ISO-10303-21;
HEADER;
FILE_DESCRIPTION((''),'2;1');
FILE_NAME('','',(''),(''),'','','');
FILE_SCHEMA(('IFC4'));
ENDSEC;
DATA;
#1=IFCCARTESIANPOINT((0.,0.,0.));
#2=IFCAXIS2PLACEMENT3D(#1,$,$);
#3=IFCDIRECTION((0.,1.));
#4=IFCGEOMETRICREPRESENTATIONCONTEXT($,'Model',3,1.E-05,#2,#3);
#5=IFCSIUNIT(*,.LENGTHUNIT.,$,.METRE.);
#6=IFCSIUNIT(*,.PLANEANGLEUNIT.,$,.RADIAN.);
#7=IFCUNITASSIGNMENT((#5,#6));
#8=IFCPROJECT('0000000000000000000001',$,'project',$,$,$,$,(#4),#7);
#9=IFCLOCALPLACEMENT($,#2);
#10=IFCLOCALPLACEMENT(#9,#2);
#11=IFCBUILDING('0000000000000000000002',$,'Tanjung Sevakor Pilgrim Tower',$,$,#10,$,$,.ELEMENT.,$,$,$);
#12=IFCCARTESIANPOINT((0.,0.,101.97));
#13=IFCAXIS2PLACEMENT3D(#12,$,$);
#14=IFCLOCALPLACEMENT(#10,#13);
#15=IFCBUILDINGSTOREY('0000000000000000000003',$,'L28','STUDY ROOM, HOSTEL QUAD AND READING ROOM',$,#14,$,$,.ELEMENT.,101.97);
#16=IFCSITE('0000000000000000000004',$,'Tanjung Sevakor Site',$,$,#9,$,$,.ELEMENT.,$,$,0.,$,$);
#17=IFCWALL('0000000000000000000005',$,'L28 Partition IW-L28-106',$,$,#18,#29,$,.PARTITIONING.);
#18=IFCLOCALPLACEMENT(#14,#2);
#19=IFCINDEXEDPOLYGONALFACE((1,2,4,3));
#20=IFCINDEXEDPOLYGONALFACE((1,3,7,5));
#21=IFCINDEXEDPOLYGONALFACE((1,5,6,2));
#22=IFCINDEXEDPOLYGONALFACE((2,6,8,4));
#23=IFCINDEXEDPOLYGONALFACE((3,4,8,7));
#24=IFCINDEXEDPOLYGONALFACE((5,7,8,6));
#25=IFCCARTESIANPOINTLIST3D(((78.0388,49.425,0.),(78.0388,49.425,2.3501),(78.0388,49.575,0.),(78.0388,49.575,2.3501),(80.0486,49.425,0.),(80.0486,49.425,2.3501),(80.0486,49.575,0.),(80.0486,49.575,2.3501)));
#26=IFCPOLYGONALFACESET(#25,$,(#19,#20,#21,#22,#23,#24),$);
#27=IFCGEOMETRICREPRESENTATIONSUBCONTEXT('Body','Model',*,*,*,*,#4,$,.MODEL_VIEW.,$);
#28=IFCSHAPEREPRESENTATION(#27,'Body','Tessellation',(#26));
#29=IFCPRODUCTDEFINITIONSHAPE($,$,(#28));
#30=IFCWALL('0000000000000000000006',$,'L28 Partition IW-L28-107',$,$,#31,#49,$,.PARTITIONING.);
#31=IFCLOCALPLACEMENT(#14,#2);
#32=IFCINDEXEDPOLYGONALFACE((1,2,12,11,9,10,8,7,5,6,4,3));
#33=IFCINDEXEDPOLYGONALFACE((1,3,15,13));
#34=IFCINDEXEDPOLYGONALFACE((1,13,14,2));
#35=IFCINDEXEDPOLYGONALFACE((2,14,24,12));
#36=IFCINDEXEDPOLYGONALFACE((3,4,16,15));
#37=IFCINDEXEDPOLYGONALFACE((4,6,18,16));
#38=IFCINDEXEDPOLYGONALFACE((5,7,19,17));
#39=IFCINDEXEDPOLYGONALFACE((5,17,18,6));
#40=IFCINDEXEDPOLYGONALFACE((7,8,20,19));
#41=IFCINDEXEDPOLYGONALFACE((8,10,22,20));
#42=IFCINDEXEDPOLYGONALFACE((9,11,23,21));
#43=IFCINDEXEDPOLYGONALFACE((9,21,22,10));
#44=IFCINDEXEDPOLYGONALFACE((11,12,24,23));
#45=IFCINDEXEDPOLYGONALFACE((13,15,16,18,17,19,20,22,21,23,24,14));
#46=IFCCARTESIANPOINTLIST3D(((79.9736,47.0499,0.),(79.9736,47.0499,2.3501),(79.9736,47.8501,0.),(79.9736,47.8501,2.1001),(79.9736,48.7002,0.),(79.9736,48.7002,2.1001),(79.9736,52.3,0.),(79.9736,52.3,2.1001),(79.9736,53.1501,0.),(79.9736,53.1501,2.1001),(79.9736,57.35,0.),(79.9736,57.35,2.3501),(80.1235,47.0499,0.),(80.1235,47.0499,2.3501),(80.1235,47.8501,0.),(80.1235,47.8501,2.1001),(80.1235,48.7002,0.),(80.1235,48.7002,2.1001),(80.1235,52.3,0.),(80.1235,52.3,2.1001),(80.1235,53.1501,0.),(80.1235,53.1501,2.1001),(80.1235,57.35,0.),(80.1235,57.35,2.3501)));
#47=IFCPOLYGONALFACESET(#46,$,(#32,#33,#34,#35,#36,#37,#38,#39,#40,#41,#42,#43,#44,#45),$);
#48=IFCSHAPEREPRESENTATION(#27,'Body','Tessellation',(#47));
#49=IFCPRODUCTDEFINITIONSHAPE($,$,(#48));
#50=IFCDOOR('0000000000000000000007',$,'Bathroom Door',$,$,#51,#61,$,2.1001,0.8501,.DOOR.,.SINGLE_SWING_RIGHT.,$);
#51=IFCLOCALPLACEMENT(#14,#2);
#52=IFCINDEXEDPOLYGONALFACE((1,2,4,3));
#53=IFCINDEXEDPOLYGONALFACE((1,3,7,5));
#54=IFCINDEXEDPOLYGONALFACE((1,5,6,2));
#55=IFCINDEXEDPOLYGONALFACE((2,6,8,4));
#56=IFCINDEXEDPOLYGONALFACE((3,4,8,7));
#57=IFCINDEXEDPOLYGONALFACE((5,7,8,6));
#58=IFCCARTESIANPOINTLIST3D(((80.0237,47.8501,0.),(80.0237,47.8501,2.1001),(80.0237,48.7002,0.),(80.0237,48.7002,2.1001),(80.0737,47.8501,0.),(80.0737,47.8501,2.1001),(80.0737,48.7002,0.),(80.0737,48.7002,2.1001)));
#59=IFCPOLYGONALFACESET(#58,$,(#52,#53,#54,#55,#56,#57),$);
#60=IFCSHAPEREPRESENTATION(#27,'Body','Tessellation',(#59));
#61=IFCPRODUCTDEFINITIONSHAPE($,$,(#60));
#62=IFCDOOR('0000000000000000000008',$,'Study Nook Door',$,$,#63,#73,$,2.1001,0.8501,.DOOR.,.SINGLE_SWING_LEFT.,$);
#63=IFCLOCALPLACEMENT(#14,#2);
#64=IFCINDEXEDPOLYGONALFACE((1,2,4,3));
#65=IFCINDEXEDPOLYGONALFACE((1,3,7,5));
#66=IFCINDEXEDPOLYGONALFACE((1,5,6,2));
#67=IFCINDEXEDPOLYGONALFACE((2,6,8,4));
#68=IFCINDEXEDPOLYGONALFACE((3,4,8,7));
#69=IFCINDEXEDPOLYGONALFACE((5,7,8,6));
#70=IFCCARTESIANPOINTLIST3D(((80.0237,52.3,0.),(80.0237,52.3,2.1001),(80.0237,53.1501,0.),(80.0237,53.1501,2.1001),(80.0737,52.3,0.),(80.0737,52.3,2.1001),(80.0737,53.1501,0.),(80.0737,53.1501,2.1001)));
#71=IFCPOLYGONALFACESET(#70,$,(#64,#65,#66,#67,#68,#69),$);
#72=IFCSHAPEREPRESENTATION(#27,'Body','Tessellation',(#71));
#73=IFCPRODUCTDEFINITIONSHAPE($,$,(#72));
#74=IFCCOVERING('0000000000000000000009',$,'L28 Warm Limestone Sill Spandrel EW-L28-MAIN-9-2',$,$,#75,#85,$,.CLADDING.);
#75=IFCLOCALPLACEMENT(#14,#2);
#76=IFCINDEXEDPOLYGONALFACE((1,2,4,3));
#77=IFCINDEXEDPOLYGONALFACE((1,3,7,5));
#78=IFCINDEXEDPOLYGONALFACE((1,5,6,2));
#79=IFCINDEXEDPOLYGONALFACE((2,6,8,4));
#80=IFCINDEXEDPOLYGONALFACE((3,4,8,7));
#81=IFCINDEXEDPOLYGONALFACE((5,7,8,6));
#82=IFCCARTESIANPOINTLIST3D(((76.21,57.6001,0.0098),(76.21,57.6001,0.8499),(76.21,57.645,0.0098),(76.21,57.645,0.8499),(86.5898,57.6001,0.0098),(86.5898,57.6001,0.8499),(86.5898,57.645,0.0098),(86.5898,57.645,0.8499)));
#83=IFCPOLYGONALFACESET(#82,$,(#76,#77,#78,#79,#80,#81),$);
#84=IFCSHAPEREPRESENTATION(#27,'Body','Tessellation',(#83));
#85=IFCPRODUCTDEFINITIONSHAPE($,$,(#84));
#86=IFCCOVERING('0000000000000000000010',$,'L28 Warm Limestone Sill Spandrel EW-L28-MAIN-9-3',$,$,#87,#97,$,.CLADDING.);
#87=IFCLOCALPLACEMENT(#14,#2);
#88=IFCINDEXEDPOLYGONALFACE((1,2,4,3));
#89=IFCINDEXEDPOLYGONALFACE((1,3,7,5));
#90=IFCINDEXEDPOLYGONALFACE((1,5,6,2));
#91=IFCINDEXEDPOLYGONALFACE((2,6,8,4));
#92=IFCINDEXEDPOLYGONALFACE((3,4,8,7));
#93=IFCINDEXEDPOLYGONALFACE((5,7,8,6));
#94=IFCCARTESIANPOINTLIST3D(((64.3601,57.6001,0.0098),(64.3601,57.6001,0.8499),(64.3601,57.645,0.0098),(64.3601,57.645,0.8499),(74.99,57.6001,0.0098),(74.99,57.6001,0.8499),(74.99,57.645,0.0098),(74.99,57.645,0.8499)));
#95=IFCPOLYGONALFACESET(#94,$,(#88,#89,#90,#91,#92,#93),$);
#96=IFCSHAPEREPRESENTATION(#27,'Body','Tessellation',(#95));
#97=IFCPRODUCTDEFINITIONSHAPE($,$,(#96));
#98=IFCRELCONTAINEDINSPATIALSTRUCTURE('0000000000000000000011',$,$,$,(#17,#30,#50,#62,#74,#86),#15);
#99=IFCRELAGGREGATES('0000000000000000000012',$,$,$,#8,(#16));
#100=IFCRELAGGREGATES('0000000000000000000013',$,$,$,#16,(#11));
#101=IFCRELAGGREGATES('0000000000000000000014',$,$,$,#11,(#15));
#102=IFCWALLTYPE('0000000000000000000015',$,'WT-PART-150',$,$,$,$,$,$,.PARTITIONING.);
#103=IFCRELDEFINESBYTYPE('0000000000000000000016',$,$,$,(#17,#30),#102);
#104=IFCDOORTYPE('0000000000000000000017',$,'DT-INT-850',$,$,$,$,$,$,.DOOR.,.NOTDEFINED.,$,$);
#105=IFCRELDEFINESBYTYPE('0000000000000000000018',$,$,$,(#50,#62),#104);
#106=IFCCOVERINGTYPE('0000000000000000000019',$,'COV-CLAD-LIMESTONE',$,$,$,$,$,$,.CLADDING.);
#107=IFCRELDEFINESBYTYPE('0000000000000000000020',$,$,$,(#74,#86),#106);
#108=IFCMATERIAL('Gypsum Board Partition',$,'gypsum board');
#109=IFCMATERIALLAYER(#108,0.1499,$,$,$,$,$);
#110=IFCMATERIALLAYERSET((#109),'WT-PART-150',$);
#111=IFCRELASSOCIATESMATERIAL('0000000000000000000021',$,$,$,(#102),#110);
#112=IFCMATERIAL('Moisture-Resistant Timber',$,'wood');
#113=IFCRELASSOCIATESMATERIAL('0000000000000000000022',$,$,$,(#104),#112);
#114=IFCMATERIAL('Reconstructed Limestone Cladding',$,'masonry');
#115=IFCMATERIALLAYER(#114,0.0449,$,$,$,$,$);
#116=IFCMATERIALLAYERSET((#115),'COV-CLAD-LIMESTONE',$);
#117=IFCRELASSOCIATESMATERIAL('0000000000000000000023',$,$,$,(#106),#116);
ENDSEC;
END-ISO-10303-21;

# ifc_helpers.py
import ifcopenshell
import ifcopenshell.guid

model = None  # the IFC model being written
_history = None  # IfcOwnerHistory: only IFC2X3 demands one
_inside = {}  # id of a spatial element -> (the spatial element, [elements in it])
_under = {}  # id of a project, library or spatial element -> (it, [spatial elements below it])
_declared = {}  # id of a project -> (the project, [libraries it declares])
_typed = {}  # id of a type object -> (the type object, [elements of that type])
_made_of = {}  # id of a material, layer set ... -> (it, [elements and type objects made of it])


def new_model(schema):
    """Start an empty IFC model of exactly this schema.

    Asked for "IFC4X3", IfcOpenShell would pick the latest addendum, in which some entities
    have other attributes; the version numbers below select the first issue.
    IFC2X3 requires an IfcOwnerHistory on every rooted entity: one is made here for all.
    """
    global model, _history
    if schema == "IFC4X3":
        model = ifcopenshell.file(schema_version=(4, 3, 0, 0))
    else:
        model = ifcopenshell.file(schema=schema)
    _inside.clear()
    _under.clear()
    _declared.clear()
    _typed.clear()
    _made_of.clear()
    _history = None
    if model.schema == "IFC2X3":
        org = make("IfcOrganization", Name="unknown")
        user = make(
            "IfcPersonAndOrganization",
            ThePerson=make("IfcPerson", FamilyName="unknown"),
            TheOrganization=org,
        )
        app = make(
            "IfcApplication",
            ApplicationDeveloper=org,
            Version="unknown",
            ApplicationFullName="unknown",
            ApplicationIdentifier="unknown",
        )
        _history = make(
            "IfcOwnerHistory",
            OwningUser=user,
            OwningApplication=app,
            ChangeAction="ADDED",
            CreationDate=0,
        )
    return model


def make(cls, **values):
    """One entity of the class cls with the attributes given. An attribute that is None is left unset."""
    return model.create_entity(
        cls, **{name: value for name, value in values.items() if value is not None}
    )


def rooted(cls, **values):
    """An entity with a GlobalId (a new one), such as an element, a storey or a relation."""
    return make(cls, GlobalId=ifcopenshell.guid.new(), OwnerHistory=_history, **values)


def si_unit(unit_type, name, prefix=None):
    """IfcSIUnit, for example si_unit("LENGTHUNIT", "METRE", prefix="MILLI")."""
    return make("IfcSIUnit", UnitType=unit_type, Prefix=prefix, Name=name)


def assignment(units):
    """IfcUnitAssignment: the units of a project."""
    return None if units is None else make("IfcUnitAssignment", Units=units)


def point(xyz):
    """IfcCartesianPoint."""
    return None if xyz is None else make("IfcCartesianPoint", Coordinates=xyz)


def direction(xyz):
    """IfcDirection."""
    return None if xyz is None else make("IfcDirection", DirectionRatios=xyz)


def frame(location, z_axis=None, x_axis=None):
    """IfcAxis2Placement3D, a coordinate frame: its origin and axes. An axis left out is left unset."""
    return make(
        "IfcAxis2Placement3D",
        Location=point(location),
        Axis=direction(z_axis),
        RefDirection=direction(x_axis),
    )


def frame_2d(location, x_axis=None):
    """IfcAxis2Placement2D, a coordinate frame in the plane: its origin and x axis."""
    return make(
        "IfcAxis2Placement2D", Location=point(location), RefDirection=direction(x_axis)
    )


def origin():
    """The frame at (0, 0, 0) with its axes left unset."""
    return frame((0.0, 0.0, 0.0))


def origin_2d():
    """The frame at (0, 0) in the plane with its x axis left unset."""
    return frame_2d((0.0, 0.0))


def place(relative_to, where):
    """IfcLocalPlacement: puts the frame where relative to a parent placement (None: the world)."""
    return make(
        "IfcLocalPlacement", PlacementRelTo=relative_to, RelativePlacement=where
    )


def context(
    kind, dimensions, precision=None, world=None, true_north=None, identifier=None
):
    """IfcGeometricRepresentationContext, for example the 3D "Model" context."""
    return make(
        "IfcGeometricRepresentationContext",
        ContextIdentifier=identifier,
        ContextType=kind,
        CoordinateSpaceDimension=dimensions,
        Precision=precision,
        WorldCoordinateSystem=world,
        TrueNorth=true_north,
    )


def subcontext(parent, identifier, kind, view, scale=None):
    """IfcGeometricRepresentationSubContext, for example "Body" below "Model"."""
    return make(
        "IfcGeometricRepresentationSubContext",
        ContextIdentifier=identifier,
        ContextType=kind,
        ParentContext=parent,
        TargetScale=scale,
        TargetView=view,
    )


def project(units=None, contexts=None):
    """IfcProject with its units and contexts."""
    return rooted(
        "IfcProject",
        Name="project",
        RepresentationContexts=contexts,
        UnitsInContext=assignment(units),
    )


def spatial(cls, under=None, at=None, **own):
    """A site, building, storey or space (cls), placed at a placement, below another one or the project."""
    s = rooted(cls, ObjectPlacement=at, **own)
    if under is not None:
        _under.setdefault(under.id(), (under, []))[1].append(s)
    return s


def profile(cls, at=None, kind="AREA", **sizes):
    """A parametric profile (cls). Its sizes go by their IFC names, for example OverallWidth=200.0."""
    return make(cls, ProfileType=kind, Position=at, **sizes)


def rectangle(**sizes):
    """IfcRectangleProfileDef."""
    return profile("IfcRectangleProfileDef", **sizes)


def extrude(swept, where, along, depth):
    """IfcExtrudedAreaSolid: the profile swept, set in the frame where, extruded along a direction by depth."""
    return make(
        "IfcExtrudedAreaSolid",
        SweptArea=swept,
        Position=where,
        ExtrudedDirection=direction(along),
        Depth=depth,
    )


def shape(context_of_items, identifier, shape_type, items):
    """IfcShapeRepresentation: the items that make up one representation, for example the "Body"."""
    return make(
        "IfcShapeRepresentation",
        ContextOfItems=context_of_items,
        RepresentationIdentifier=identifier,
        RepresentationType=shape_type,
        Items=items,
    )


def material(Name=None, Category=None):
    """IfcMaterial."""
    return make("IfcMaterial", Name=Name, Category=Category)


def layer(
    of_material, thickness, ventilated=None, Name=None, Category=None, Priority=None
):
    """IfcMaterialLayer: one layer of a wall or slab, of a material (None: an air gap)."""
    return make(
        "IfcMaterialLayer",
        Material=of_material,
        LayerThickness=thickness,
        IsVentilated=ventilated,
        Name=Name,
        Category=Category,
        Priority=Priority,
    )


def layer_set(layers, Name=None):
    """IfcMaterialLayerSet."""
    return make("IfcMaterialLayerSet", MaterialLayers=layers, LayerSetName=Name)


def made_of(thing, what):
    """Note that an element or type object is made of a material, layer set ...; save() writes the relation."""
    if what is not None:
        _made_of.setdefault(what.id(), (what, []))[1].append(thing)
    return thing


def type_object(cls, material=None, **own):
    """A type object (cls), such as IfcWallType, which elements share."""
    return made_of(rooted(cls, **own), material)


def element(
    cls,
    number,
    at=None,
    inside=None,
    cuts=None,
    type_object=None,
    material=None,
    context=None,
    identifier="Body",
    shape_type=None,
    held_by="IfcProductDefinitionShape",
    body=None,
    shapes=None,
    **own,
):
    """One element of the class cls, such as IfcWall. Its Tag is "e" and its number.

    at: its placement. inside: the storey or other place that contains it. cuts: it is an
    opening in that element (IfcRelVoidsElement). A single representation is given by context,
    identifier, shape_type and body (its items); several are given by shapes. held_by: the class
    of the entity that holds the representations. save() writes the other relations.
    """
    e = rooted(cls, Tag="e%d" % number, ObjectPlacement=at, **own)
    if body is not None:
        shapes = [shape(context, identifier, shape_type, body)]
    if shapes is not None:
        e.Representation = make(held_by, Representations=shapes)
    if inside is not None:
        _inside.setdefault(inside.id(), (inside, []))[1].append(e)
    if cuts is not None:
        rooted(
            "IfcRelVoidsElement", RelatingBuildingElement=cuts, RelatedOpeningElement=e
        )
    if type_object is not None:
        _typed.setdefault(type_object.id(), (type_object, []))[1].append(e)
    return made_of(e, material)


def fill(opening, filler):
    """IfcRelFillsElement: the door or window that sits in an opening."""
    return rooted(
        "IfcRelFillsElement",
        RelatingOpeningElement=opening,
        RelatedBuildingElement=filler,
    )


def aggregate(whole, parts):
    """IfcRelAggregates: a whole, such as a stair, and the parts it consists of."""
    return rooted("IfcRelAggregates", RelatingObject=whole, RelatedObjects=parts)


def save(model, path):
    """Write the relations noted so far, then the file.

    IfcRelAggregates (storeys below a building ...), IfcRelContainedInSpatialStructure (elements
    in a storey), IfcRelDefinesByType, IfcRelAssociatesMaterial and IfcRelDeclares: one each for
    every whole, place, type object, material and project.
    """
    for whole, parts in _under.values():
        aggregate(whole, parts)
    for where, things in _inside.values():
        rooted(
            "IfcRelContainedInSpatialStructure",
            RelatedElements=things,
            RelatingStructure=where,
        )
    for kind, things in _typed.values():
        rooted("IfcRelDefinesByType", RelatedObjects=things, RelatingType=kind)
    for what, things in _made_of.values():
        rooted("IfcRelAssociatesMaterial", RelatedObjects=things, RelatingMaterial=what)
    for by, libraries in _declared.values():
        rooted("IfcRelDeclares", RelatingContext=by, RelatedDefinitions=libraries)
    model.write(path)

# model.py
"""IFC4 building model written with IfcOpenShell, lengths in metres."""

from ifc_helpers import new_model, si_unit, direction, frame, frame_2d, origin, origin_2d, place, context, subcontext, project, spatial, rectangle, extrude, material, layer, layer_set, type_object, element, fill, save


model = new_model("IFC4")

# Units and contexts
model_context = context("Model", 3, precision=1e-05, world=origin(), true_north=direction((0.0, 1.0)))
body_context = subcontext(model_context, "Body", "Model", "MODEL_VIEW")
ifc_project = project(units=[si_unit("LENGTHUNIT", "METRE"), si_unit("PLANEANGLEUNIT", "RADIAN")], contexts=[model_context])

# Site, building, storey
site_placement = place(None, origin())
site = spatial("IfcSite", under=ifc_project, at=site_placement, Name="Tanjung Sevakor Site", CompositionType="ELEMENT", RefElevation=0.0)
building_placement = place(site_placement, origin())
building = spatial("IfcBuilding", under=site, at=building_placement, Name="Tanjung Sevakor Pilgrim Tower", CompositionType="ELEMENT")
storey_placement = place(building_placement, frame((0.0, 0.0, 101.97)))
storey = spatial("IfcBuildingStorey", under=building, at=storey_placement, Name="L28", Description="STUDY ROOM, HOSTEL QUAD AND READING ROOM", CompositionType="ELEMENT", Elevation=101.97)

# Shared definitions
ifc_material_1 = material(Name="Gypsum Board Partition", Category="gypsum board")
ifc_layer_1 = layer(ifc_material_1, 0.1499)
ifc_layer_set_1 = layer_set([ifc_layer_1], Name="WT-PART-150")
wall_type_1 = type_object("IfcWallType", Name="WT-PART-150", PredefinedType="PARTITIONING", material=ifc_layer_set_1)

# Shared definitions
ifc_material_2 = material(Name="Moisture-Resistant Timber", Category="wood")
door_type_1 = type_object("IfcDoorType", Name="DT-INT-850", OperationType="NOTDEFINED", PredefinedType="DOOR", material=ifc_material_2)

# Wall
wall_1_placement = place(storey_placement, frame((78.0388, 49.5, 0.0), z_axis=(0.0, 0.0, 1.0), x_axis=(1.0, 0.0, 0.0)))
element("IfcWall", 1, at=wall_1_placement, inside=storey, type_object=wall_type_1, Name="L28 Partition IW-L28-106", PredefinedType="PARTITIONING", context=body_context, shape_type="SweptSolid", body=[
    extrude(rectangle(XDim=2.0098, YDim=0.1499, at=frame_2d((1.0049, 0.0))), origin(), (0.0, 0.0, 1.0), 2.3501),
])

# Wall, openings, doors
wall_2_placement = place(storey_placement, frame((80.0486, 47.05, 0.0), z_axis=(0.0, 0.0, 1.0), x_axis=(0.0, 1.0, 0.0)))
wall_2 = element("IfcWall", 2, at=wall_2_placement, inside=storey, type_object=wall_type_1, Name="L28 Partition IW-L28-107", PredefinedType="PARTITIONING", context=body_context, shape_type="SweptSolid", body=[
    extrude(rectangle(XDim=10.3, YDim=0.1499, at=frame_2d((5.1499, 0.0))), origin(), (0.0, 0.0, 1.0), 2.3501),
])
opening_1_placement = place(wall_2_placement, frame((0.8, 0.0, 0.0)))
opening_1 = element("IfcOpeningElement", 3, at=opening_1_placement, cuts=wall_2, PredefinedType="OPENING", context=body_context, shape_type="SweptSolid", body=[
    extrude(rectangle(XDim=0.8501, YDim=2.1001, at=frame_2d((0.425, 1.05))), frame((0.0, 0.085, 0.0), z_axis=(0.0, -1.0, 0.0), x_axis=(1.0, 0.0, 0.0)), (0.0, 0.0, 1.0), 0.1699),
])
opening_2_placement = place(wall_2_placement, frame((5.25, 0.0, 0.0)))
opening_2 = element("IfcOpeningElement", 4, at=opening_2_placement, cuts=wall_2, PredefinedType="OPENING", context=body_context, shape_type="SweptSolid", body=[
    extrude(rectangle(XDim=0.8501, YDim=2.1001, at=frame_2d((0.425, 1.05))), frame((0.0, 0.085, 0.0), z_axis=(0.0, -1.0, 0.0), x_axis=(1.0, 0.0, 0.0)), (0.0, 0.0, 1.0), 0.1699),
])
door_1_placement = place(opening_1_placement, origin())
door_1 = element("IfcDoor", 5, at=door_1_placement, inside=storey, type_object=door_type_1, Name="Bathroom Door", OperationType="SINGLE_SWING_RIGHT", OverallHeight=2.1001, OverallWidth=0.8501, PredefinedType="DOOR", context=body_context, shape_type="SweptSolid", body=[
    extrude(rectangle(XDim=0.8501, YDim=2.1001, at=frame_2d((0.425, 1.05))), frame((0.0, 0.0249, 0.0), z_axis=(0.0, -1.0, 0.0), x_axis=(1.0, 0.0, 0.0)), (0.0, 0.0, 1.0), 0.05),
])
fill(opening_1, door_1)
door_2_placement = place(opening_2_placement, origin())
door_2 = element("IfcDoor", 6, at=door_2_placement, inside=storey, type_object=door_type_1, Name="Study Nook Door", OperationType="SINGLE_SWING_LEFT", OverallHeight=2.1001, OverallWidth=0.8501, PredefinedType="DOOR", context=body_context, shape_type="SweptSolid", body=[
    extrude(rectangle(XDim=0.8501, YDim=2.1001, at=frame_2d((0.425, 1.05))), frame((0.0, 0.0249, 0.0), z_axis=(0.0, -1.0, 0.0), x_axis=(1.0, 0.0, 0.0)), (0.0, 0.0, 1.0), 0.05),
])
fill(opening_2, door_2)

# Coverings
ifc_material_3 = material(Name="Reconstructed Limestone Cladding", Category="masonry")
ifc_layer_2 = layer(ifc_material_3, 0.0449)
ifc_layer_set_2 = layer_set([ifc_layer_2], Name="COV-CLAD-LIMESTONE")
covering_type = type_object("IfcCoveringType", Name="COV-CLAD-LIMESTONE", PredefinedType="CLADDING", material=ifc_layer_set_2)
covering_1_placement = place(storey_placement, frame((81.3999, 57.6226, 0.0098), z_axis=(0.0, 0.0, 1.0), x_axis=(-1.0, 0.0, 0.0)))
element("IfcCovering", 7, at=covering_1_placement, inside=storey, type_object=covering_type, Name="L28 Warm Limestone Sill Spandrel EW-L28-MAIN-9-2", PredefinedType="CLADDING", context=body_context, shape_type="SweptSolid", body=[
    extrude(rectangle(XDim=10.3799, YDim=0.0449, at=origin_2d()), origin(), (0.0, 0.0, 1.0), 0.8401),
])
covering_2_placement = place(storey_placement, frame((69.675, 57.6226, 0.0098), z_axis=(0.0, 0.0, 1.0), x_axis=(-1.0, 0.0, 0.0)))
element("IfcCovering", 8, at=covering_2_placement, inside=storey, type_object=covering_type, Name="L28 Warm Limestone Sill Spandrel EW-L28-MAIN-9-3", PredefinedType="CLADDING", context=body_context, shape_type="SweptSolid", body=[
    extrude(rectangle(XDim=10.6299, YDim=0.0449, at=origin_2d()), origin(), (0.0, 0.0, 1.0), 0.8401),
])

save(model, "model.ifc")
